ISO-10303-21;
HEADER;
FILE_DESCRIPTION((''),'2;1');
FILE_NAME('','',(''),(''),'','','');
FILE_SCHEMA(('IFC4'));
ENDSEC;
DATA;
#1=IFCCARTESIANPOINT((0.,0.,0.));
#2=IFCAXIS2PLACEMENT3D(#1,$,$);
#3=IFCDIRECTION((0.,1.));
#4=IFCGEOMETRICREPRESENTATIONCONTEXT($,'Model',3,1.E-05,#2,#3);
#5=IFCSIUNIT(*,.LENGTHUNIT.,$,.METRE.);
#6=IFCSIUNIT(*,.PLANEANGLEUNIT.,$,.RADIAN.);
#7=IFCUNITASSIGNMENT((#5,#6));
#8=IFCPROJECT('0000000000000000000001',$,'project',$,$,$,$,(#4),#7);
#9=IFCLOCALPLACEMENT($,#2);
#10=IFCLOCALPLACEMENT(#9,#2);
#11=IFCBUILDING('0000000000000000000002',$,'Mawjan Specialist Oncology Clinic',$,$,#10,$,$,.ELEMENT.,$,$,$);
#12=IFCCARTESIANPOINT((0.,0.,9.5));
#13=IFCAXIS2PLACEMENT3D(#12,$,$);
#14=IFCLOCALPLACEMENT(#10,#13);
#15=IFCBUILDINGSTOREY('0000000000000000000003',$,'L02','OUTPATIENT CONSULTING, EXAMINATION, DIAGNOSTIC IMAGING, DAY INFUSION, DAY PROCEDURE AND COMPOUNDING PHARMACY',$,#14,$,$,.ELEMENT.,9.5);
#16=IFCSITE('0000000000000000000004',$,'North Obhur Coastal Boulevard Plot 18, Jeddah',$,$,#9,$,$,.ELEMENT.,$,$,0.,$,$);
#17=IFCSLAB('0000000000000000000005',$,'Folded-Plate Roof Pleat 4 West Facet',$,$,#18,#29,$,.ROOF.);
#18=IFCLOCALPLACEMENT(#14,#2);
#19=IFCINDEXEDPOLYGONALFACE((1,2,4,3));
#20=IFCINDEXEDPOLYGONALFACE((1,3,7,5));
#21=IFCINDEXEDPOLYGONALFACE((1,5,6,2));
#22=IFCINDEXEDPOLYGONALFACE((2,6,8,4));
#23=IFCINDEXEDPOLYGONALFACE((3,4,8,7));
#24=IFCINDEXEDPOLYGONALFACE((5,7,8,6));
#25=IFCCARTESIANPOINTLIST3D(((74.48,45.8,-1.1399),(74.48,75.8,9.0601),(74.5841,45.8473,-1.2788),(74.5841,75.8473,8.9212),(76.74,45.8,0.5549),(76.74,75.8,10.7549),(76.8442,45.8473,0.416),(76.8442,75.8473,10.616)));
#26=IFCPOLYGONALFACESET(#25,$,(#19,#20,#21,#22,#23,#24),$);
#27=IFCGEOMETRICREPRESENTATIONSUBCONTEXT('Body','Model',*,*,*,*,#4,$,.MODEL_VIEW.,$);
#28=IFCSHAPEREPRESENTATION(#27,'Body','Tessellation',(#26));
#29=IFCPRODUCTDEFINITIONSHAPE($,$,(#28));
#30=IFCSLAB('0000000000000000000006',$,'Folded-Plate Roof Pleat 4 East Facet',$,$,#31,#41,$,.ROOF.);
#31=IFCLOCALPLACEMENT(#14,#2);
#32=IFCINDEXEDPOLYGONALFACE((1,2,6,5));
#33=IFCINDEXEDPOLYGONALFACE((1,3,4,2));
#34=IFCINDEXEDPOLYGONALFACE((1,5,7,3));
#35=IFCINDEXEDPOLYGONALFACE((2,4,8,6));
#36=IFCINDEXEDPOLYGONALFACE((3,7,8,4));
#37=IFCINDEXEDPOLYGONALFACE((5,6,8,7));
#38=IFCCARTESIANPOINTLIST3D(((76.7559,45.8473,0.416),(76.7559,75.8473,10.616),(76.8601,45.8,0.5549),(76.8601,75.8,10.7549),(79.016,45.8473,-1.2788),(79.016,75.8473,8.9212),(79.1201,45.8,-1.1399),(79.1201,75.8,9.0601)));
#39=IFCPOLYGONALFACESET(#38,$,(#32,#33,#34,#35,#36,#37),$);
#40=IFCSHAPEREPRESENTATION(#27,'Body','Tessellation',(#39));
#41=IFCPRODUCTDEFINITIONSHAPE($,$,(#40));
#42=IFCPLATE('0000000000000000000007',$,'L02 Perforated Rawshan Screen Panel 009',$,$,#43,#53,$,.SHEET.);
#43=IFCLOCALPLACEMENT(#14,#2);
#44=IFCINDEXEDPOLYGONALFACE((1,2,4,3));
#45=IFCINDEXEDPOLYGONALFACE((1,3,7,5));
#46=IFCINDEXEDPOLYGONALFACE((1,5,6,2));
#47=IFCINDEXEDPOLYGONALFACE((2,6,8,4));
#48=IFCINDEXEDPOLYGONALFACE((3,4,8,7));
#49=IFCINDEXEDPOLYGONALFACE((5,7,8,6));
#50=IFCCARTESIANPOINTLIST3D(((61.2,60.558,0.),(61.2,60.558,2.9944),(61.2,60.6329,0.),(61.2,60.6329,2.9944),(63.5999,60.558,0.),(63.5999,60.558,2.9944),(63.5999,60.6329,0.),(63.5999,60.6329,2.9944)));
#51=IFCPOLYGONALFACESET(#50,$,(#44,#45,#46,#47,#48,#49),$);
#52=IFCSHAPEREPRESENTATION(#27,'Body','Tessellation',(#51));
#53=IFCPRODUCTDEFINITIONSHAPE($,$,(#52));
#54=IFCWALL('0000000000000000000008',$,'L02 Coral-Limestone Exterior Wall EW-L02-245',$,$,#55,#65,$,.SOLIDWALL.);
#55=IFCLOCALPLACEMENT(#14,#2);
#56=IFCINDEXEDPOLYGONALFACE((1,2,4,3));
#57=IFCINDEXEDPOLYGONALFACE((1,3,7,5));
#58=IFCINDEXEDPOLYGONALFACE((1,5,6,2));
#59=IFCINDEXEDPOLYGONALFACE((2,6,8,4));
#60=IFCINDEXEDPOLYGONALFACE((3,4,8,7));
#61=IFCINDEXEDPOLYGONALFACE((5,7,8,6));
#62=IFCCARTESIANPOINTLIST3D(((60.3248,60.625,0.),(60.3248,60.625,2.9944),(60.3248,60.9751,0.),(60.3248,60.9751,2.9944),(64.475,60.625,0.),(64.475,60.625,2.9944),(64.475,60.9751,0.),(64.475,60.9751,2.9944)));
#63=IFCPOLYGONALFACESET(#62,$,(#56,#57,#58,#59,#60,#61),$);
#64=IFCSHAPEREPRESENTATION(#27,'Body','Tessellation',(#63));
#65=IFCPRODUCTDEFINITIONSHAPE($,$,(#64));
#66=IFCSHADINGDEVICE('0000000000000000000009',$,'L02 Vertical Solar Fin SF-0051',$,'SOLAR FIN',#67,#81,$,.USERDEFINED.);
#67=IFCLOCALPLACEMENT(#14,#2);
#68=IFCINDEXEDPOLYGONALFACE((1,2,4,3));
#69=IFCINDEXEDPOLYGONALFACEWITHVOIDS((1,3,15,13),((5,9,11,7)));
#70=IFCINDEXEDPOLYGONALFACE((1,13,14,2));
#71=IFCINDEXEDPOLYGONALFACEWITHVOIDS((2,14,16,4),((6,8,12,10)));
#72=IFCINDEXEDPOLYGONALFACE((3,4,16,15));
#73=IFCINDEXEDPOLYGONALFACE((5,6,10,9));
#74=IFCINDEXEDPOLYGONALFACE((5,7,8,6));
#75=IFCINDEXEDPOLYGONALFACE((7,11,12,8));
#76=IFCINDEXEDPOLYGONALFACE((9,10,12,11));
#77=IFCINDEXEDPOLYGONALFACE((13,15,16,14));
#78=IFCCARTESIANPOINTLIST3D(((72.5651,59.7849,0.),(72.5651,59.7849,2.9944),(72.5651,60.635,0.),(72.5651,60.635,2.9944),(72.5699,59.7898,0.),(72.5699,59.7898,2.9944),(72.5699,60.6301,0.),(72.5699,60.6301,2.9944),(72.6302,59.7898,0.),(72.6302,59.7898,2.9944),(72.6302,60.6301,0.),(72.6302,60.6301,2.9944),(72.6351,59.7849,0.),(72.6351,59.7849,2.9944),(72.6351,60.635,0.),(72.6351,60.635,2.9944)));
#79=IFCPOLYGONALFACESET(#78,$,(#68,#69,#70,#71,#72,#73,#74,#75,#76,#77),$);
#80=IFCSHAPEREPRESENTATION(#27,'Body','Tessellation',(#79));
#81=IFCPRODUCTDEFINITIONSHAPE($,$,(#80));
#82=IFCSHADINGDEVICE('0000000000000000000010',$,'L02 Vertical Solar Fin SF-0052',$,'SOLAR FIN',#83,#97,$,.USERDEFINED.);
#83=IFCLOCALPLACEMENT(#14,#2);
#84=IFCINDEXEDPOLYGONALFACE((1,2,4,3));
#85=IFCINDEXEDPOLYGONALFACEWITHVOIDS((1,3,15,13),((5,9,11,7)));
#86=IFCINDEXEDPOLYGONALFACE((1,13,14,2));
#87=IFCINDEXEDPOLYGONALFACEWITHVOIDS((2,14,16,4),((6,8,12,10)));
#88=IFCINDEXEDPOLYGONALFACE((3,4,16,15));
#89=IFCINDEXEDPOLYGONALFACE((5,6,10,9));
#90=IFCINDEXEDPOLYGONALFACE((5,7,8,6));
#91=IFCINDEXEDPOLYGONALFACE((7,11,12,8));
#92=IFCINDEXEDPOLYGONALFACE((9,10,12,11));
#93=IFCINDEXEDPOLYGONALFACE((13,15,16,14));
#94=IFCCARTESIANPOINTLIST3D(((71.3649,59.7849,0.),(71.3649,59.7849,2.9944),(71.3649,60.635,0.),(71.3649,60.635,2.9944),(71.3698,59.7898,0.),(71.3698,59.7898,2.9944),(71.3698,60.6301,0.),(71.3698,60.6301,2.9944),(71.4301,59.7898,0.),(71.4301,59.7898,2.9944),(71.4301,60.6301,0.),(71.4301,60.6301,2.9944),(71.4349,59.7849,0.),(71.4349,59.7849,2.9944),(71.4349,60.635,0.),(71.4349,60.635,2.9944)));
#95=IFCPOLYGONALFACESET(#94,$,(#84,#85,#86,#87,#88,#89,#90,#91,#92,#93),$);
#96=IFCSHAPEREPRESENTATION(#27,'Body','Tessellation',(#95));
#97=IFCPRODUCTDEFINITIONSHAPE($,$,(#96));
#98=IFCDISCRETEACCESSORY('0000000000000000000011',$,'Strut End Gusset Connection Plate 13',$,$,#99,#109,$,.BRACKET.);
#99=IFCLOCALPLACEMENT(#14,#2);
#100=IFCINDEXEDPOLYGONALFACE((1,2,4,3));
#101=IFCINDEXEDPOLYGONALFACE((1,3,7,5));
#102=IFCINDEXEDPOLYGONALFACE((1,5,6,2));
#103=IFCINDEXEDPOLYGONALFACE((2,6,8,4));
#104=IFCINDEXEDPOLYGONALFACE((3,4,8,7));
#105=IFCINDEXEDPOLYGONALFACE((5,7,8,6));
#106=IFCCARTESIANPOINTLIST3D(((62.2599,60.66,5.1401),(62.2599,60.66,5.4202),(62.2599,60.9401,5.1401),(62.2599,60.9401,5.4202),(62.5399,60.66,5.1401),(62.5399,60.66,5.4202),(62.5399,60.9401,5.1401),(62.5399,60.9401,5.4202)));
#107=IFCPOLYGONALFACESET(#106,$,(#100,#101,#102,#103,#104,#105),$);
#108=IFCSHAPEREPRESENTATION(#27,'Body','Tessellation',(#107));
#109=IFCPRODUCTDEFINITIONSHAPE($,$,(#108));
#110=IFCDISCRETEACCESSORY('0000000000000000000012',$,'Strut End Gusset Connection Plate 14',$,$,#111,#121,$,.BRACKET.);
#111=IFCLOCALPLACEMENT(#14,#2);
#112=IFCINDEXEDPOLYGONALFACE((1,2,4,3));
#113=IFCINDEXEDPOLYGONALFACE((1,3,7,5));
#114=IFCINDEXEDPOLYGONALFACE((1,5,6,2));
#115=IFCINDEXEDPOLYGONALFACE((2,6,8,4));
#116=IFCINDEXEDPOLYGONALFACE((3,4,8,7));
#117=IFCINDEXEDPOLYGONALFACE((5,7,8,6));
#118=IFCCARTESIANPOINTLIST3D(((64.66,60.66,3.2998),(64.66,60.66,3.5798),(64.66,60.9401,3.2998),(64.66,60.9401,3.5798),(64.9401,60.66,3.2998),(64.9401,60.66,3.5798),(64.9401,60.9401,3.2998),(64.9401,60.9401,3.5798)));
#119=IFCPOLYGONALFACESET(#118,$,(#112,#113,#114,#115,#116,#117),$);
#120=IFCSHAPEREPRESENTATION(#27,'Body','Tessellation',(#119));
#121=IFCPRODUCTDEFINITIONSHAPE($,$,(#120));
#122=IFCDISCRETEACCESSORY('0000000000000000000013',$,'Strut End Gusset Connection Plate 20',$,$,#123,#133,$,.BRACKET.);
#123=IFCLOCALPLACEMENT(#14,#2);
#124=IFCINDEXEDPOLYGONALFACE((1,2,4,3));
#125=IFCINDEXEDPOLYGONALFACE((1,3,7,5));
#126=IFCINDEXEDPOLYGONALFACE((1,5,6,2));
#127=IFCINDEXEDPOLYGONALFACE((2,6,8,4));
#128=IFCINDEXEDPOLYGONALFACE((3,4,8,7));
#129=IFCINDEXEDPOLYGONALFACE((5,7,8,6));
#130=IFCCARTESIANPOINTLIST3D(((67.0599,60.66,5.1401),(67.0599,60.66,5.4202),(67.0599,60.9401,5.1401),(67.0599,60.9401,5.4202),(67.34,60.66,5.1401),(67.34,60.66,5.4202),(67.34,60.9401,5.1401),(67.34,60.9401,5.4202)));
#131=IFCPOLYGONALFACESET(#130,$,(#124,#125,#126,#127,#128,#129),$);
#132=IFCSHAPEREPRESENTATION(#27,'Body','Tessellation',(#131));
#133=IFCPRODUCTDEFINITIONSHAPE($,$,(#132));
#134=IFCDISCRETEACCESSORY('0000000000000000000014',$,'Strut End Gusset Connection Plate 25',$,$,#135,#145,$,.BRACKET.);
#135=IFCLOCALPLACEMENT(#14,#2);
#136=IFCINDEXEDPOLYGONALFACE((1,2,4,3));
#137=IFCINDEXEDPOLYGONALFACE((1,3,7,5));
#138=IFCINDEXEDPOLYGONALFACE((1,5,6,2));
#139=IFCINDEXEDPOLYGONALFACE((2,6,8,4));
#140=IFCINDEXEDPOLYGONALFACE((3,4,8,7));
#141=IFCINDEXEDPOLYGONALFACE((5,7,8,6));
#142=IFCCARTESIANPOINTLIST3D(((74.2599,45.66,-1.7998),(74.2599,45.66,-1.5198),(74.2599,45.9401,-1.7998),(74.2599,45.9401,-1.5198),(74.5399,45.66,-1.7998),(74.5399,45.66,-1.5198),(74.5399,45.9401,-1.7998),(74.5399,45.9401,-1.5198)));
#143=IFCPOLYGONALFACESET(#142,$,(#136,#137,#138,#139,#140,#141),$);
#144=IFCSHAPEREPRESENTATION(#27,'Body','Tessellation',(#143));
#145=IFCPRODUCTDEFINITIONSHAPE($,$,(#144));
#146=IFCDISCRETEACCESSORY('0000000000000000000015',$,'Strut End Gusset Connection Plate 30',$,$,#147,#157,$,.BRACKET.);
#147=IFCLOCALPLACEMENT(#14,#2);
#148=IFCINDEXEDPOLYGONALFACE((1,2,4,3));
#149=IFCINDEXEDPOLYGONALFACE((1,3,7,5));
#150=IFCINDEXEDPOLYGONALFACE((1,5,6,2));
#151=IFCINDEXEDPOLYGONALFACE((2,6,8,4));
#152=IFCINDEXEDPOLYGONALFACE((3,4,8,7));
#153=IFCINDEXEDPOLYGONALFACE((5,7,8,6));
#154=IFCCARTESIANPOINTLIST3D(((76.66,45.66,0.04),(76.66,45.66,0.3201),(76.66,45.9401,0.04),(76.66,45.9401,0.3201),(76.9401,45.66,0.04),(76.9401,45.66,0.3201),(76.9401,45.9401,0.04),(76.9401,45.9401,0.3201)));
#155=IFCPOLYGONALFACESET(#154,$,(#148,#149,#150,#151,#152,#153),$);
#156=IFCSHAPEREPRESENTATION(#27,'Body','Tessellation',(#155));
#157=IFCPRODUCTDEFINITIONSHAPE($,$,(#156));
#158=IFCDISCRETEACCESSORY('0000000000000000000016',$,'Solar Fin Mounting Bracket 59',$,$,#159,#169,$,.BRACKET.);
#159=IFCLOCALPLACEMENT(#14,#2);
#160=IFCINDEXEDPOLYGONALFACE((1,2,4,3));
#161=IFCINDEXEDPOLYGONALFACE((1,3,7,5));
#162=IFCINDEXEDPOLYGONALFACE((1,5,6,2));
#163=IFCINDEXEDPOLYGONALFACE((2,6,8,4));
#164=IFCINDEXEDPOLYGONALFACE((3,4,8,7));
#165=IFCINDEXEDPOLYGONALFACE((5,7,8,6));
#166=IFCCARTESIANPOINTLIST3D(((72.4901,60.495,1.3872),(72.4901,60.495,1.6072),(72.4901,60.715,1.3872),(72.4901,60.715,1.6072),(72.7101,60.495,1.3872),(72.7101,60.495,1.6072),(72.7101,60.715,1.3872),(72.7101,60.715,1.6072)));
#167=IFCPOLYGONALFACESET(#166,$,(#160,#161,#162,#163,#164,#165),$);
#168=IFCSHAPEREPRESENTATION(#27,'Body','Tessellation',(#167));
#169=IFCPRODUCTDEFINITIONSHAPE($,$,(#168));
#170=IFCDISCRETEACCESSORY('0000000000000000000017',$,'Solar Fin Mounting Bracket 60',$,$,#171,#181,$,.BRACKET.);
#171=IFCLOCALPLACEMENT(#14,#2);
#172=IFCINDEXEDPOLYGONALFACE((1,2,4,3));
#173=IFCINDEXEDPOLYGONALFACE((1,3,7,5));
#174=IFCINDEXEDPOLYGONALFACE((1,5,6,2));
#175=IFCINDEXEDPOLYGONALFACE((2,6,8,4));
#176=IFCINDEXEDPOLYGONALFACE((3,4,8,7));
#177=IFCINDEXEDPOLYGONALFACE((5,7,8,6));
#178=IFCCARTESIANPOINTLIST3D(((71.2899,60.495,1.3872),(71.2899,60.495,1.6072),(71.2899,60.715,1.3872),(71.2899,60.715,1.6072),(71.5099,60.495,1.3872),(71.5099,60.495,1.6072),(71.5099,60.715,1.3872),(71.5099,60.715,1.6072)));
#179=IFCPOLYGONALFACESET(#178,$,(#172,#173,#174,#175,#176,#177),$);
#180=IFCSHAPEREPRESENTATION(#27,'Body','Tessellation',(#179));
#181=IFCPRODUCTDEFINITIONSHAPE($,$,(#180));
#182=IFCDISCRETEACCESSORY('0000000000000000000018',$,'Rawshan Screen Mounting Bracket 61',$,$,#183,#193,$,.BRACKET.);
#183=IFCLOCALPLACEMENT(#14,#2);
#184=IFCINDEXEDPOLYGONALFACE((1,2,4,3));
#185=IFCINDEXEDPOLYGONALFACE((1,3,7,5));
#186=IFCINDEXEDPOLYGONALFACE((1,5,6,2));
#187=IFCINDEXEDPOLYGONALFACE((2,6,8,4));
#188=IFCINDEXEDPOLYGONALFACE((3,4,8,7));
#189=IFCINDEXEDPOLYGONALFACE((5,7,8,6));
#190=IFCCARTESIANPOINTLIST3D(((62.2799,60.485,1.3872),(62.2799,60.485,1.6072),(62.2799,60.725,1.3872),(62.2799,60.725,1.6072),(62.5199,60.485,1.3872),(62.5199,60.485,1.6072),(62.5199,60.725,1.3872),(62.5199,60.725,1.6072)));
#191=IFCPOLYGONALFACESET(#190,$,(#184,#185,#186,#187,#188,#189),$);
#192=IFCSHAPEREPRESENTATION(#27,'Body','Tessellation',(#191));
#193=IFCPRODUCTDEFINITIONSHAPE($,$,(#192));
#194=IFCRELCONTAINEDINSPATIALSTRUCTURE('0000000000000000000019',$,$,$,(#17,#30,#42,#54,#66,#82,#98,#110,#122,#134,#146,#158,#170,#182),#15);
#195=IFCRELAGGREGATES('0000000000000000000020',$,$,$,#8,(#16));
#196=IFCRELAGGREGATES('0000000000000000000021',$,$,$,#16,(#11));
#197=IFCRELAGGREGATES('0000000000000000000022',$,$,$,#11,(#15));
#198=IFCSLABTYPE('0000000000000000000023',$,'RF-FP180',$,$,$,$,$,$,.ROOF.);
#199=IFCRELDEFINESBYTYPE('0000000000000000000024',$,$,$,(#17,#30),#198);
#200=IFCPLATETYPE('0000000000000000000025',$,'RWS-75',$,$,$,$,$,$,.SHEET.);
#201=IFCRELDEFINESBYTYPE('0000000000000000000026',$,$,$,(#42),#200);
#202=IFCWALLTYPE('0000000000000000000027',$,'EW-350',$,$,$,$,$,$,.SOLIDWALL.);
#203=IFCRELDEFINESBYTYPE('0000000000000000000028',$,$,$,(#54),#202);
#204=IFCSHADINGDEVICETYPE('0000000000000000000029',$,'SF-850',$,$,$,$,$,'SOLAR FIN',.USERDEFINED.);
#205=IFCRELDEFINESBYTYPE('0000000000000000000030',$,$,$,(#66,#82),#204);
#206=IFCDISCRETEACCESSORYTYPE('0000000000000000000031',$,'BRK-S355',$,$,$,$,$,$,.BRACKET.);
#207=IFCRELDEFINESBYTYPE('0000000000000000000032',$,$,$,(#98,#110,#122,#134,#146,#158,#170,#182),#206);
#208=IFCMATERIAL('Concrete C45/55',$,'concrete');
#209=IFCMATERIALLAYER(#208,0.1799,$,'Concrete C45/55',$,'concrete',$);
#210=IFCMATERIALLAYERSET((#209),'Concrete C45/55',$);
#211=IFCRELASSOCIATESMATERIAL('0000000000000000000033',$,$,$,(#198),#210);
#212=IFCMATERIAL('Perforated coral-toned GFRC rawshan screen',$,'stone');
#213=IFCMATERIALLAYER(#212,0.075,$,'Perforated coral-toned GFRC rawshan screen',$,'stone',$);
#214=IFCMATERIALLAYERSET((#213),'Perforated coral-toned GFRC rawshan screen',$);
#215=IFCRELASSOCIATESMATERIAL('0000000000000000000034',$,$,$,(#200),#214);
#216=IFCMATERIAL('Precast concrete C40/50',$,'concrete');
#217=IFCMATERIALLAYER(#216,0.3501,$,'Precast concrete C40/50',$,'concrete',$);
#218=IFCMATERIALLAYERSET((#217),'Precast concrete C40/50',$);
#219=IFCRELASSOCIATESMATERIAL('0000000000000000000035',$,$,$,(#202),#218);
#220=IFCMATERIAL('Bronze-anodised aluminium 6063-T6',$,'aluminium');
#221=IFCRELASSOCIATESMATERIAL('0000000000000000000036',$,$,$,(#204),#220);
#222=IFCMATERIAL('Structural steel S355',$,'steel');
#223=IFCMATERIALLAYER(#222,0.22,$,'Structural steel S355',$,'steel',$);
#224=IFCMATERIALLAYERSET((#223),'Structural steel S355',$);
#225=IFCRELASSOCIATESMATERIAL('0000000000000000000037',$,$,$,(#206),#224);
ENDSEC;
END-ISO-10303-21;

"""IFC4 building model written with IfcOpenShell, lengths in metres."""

from ifc_helpers import new_model, si_unit, direction, frame, frame_2d, origin, origin_2d, place, context, subcontext, project, spatial, polyline, rectangle, hollow_rectangle, outline, extrude, material, layer, layer_set, material_profile, profile_set, type_object, element, save


model = new_model("IFC4")

# Units and contexts
model_context = context("Model", 3, precision=1e-05, world=origin(), true_north=direction((0.0, 1.0)))
body_context = subcontext(model_context, "Body", "Model", "MODEL_VIEW")
ifc_project = project(units=[si_unit("LENGTHUNIT", "METRE"), si_unit("PLANEANGLEUNIT", "RADIAN")], contexts=[model_context])

# Site, building, storey
site_placement = place(None, origin())
site = spatial("IfcSite", under=ifc_project, at=site_placement, Name="North Obhur Coastal Boulevard Plot 18, Jeddah", CompositionType="ELEMENT", RefElevation=0.0)
building_placement = place(site_placement, origin())
building = spatial("IfcBuilding", under=site, at=building_placement, Name="Mawjan Specialist Oncology Clinic", CompositionType="ELEMENT")
storey_placement = place(building_placement, frame((0.0, 0.0, 9.5)))
storey = spatial("IfcBuildingStorey", under=building, at=storey_placement, Name="L02", Description="OUTPATIENT CONSULTING, EXAMINATION, DIAGNOSTIC IMAGING, DAY INFUSION, DAY PROCEDURE AND COMPOUNDING PHARMACY", CompositionType="ELEMENT", Elevation=9.5)

# Slabs
ifc_material_1 = material(Name="Concrete C45/55", Category="concrete")
ifc_layer_1 = layer(ifc_material_1, 0.1799, Name="Concrete C45/55", Category="concrete")
ifc_layer_set_1 = layer_set([ifc_layer_1], Name="Concrete C45/55")
slab_type = type_object("IfcSlabType", Name="RF-FP180", PredefinedType="ROOF", material=ifc_layer_set_1)
slab_1_placement = place(storey_placement, frame((74.48, 45.8, -1.1399), z_axis=(-0.578924, -0.262472, 0.771982), x_axis=(0.800031, 0.0, 0.599959)))
element("IfcSlab", 1, at=slab_1_placement, inside=storey, type_object=slab_type, Name="Folded-Plate Roof Pleat 4 West Facet", PredefinedType="ROOF", context=body_context, shape_type="SweptSolid", body=[
    extrude(outline(polyline([(0.0, 0.0), (2.8249, 0.0), (8.9444, 31.09), (6.1195, 31.09), (0.0, 0.0)])), origin(), (0.0, 0.0, -1.0), 0.1799),
])
slab_2_placement = place(storey_placement, frame((76.8601, 45.8, 0.5549), z_axis=(0.578924, -0.262472, 0.771982), x_axis=(0.800031, 0.0, -0.599959)))
element("IfcSlab", 2, at=slab_2_placement, inside=storey, type_object=slab_type, Name="Folded-Plate Roof Pleat 4 East Facet", PredefinedType="ROOF", context=body_context, shape_type="SweptSolid", body=[
    extrude(outline(polyline([(0.0, 0.0), (2.8249, 0.0), (-3.2946, 31.09), (-6.1195, 31.09), (0.0, 0.0)])), origin(), (0.0, 0.0, -1.0), 0.1799),
])

# Plate
ifc_material_2 = material(Name="Perforated coral-toned GFRC rawshan screen", Category="stone")
ifc_layer_2 = layer(ifc_material_2, 0.075, Name="Perforated coral-toned GFRC rawshan screen", Category="stone")
ifc_layer_set_2 = layer_set([ifc_layer_2], Name="Perforated coral-toned GFRC rawshan screen")
plate_type = type_object("IfcPlateType", Name="RWS-75", PredefinedType="SHEET", material=ifc_layer_set_2)
plate_placement = place(storey_placement, frame((62.3999, 60.5955, 0.0), z_axis=(0.0, 0.0, 1.0), x_axis=(-1.0, 0.0, 0.0)))
element("IfcPlate", 3, at=plate_placement, inside=storey, type_object=plate_type, Name="L02 Perforated Rawshan Screen Panel 009", PredefinedType="SHEET", context=body_context, shape_type="SweptSolid", body=[
    extrude(rectangle(XDim=2.3999, YDim=0.075, at=origin_2d()), origin(), (0.0, 0.0, 1.0), 2.9944),
])

# Wall
ifc_material_3 = material(Name="Precast concrete C40/50", Category="concrete")
ifc_layer_3 = layer(ifc_material_3, 0.3501, Name="Precast concrete C40/50", Category="concrete")
ifc_layer_set_3 = layer_set([ifc_layer_3], Name="Precast concrete C40/50")
wall_type = type_object("IfcWallType", Name="EW-350", PredefinedType="SOLIDWALL", material=ifc_layer_set_3)
wall_placement = place(storey_placement, frame((64.4751, 60.8, 0.0), z_axis=(0.0, 0.0, 1.0), x_axis=(-1.0, 0.0, 0.0)))
element("IfcWall", 4, at=wall_placement, inside=storey, type_object=wall_type, Name="L02 Coral-Limestone Exterior Wall EW-L02-245", PredefinedType="SOLIDWALL", context=body_context, shape_type="SweptSolid", body=[
    extrude(rectangle(XDim=4.1501, YDim=0.3501, at=frame_2d((2.0752, 0.0))), origin(), (0.0, 0.0, 1.0), 2.9944),
])

# Shading devices
ifc_material_4 = material(Name="Bronze-anodised aluminium 6063-T6", Category="aluminium")
ifc_material_profile_1 = material_profile(ifc_material_4, hollow_rectangle(XDim=0.0701, YDim=0.8501, WallThickness=0.0049, at=origin_2d()), Name="FIN 850x70x5", Category="aluminium")
ifc_profile_set_1 = profile_set([ifc_material_profile_1], Name="Bronze-anodised aluminium 6063-T6")
shading_device_type = type_object("IfcShadingDeviceType", Name="SF-850", ElementType="SOLAR FIN", PredefinedType="USERDEFINED", material=ifc_profile_set_1)
for number, where, z_axis, x_axis, name in (
    (5, (72.6001, 60.21, 0.0), (0.0, 0.0, 1.0), (-1.0, 0.0, 0.0), "L02 Vertical Solar Fin SF-0051"),
    (6, (71.3999, 60.21, 0.0), (0.0, 0.0, 1.0), (-1.0, 0.0, 0.0), "L02 Vertical Solar Fin SF-0052"),
):
    element("IfcShadingDevice", number, at=place(storey_placement, frame(where, z_axis=z_axis, x_axis=x_axis)), inside=storey, type_object=shading_device_type, Name=name, ObjectType="SOLAR FIN", PredefinedType="USERDEFINED", context=body_context, shape_type="SweptSolid", body=[
        extrude(hollow_rectangle(XDim=0.0701, YDim=0.8501, WallThickness=0.0049, at=origin_2d()), origin(), (0.0, 0.0, 1.0), 2.9944),
    ])

# Discrete accessories
ifc_material_5 = material(Name="Structural steel S355", Category="steel")
ifc_layer_4 = layer(ifc_material_5, 0.22, Name="Structural steel S355", Category="steel")
ifc_layer_set_4 = layer_set([ifc_layer_4], Name="Structural steel S355")
discrete_accessory_type = type_object("IfcDiscreteAccessoryType", Name="BRK-S355", PredefinedType="BRACKET", material=ifc_layer_set_4)
for number, where, z_axis, x_axis, name in (
    (7, (62.3999, 60.8, 5.1401), (0.0, 0.0, 1.0), (1.0, 0.0, 0.0), "Strut End Gusset Connection Plate 13"),
    (8, (64.8, 60.8, 3.2998), (0.0, 0.0, 1.0), (1.0, 0.0, 0.0), "Strut End Gusset Connection Plate 14"),
    (9, (67.2, 60.8, 5.1401), (0.0, 0.0, 1.0), (1.0, 0.0, 0.0), "Strut End Gusset Connection Plate 20"),
    (10, (74.3999, 45.8, -1.7998), (0.0, 0.0, 1.0), (1.0, 0.0, 0.0), "Strut End Gusset Connection Plate 25"),
    (11, (76.8, 45.8, 0.04), (0.0, 0.0, 1.0), (1.0, 0.0, 0.0), "Strut End Gusset Connection Plate 30"),
):
    element("IfcDiscreteAccessory", number, at=place(storey_placement, frame(where, z_axis=z_axis, x_axis=x_axis)), inside=storey, type_object=discrete_accessory_type, Name=name, PredefinedType="BRACKET", context=body_context, shape_type="SweptSolid", body=[
        extrude(rectangle(XDim=0.28, YDim=0.28, at=origin_2d()), origin(), (0.0, 0.0, 1.0), 0.28),
    ])
for number, where, z_axis, x_axis, name in (
    (12, (72.6001, 60.605, 1.3872), (0.0, 0.0, 1.0), (-1.0, 0.0, 0.0), "Solar Fin Mounting Bracket 59"),
    (13, (71.3999, 60.605, 1.3872), (0.0, 0.0, 1.0), (-1.0, 0.0, 0.0), "Solar Fin Mounting Bracket 60"),
):
    element("IfcDiscreteAccessory", number, at=place(storey_placement, frame(where, z_axis=z_axis, x_axis=x_axis)), inside=storey, type_object=discrete_accessory_type, Name=name, PredefinedType="BRACKET", context=body_context, shape_type="SweptSolid", body=[
        extrude(rectangle(XDim=0.22, YDim=0.22, at=origin_2d()), origin(), (0.0, 0.0, 1.0), 0.22),
    ])
discrete_accessory_placement = place(storey_placement, frame((62.3999, 60.605, 1.3872), z_axis=(0.0, 0.0, 1.0), x_axis=(-1.0, 0.0, 0.0)))
element("IfcDiscreteAccessory", 14, at=discrete_accessory_placement, inside=storey, type_object=discrete_accessory_type, Name="Rawshan Screen Mounting Bracket 61", PredefinedType="BRACKET", context=body_context, shape_type="SweptSolid", body=[
    extrude(rectangle(XDim=0.24, YDim=0.24, at=origin_2d()), origin(), (0.0, 0.0, 1.0), 0.22),
])

save(model, "model.ifc")
